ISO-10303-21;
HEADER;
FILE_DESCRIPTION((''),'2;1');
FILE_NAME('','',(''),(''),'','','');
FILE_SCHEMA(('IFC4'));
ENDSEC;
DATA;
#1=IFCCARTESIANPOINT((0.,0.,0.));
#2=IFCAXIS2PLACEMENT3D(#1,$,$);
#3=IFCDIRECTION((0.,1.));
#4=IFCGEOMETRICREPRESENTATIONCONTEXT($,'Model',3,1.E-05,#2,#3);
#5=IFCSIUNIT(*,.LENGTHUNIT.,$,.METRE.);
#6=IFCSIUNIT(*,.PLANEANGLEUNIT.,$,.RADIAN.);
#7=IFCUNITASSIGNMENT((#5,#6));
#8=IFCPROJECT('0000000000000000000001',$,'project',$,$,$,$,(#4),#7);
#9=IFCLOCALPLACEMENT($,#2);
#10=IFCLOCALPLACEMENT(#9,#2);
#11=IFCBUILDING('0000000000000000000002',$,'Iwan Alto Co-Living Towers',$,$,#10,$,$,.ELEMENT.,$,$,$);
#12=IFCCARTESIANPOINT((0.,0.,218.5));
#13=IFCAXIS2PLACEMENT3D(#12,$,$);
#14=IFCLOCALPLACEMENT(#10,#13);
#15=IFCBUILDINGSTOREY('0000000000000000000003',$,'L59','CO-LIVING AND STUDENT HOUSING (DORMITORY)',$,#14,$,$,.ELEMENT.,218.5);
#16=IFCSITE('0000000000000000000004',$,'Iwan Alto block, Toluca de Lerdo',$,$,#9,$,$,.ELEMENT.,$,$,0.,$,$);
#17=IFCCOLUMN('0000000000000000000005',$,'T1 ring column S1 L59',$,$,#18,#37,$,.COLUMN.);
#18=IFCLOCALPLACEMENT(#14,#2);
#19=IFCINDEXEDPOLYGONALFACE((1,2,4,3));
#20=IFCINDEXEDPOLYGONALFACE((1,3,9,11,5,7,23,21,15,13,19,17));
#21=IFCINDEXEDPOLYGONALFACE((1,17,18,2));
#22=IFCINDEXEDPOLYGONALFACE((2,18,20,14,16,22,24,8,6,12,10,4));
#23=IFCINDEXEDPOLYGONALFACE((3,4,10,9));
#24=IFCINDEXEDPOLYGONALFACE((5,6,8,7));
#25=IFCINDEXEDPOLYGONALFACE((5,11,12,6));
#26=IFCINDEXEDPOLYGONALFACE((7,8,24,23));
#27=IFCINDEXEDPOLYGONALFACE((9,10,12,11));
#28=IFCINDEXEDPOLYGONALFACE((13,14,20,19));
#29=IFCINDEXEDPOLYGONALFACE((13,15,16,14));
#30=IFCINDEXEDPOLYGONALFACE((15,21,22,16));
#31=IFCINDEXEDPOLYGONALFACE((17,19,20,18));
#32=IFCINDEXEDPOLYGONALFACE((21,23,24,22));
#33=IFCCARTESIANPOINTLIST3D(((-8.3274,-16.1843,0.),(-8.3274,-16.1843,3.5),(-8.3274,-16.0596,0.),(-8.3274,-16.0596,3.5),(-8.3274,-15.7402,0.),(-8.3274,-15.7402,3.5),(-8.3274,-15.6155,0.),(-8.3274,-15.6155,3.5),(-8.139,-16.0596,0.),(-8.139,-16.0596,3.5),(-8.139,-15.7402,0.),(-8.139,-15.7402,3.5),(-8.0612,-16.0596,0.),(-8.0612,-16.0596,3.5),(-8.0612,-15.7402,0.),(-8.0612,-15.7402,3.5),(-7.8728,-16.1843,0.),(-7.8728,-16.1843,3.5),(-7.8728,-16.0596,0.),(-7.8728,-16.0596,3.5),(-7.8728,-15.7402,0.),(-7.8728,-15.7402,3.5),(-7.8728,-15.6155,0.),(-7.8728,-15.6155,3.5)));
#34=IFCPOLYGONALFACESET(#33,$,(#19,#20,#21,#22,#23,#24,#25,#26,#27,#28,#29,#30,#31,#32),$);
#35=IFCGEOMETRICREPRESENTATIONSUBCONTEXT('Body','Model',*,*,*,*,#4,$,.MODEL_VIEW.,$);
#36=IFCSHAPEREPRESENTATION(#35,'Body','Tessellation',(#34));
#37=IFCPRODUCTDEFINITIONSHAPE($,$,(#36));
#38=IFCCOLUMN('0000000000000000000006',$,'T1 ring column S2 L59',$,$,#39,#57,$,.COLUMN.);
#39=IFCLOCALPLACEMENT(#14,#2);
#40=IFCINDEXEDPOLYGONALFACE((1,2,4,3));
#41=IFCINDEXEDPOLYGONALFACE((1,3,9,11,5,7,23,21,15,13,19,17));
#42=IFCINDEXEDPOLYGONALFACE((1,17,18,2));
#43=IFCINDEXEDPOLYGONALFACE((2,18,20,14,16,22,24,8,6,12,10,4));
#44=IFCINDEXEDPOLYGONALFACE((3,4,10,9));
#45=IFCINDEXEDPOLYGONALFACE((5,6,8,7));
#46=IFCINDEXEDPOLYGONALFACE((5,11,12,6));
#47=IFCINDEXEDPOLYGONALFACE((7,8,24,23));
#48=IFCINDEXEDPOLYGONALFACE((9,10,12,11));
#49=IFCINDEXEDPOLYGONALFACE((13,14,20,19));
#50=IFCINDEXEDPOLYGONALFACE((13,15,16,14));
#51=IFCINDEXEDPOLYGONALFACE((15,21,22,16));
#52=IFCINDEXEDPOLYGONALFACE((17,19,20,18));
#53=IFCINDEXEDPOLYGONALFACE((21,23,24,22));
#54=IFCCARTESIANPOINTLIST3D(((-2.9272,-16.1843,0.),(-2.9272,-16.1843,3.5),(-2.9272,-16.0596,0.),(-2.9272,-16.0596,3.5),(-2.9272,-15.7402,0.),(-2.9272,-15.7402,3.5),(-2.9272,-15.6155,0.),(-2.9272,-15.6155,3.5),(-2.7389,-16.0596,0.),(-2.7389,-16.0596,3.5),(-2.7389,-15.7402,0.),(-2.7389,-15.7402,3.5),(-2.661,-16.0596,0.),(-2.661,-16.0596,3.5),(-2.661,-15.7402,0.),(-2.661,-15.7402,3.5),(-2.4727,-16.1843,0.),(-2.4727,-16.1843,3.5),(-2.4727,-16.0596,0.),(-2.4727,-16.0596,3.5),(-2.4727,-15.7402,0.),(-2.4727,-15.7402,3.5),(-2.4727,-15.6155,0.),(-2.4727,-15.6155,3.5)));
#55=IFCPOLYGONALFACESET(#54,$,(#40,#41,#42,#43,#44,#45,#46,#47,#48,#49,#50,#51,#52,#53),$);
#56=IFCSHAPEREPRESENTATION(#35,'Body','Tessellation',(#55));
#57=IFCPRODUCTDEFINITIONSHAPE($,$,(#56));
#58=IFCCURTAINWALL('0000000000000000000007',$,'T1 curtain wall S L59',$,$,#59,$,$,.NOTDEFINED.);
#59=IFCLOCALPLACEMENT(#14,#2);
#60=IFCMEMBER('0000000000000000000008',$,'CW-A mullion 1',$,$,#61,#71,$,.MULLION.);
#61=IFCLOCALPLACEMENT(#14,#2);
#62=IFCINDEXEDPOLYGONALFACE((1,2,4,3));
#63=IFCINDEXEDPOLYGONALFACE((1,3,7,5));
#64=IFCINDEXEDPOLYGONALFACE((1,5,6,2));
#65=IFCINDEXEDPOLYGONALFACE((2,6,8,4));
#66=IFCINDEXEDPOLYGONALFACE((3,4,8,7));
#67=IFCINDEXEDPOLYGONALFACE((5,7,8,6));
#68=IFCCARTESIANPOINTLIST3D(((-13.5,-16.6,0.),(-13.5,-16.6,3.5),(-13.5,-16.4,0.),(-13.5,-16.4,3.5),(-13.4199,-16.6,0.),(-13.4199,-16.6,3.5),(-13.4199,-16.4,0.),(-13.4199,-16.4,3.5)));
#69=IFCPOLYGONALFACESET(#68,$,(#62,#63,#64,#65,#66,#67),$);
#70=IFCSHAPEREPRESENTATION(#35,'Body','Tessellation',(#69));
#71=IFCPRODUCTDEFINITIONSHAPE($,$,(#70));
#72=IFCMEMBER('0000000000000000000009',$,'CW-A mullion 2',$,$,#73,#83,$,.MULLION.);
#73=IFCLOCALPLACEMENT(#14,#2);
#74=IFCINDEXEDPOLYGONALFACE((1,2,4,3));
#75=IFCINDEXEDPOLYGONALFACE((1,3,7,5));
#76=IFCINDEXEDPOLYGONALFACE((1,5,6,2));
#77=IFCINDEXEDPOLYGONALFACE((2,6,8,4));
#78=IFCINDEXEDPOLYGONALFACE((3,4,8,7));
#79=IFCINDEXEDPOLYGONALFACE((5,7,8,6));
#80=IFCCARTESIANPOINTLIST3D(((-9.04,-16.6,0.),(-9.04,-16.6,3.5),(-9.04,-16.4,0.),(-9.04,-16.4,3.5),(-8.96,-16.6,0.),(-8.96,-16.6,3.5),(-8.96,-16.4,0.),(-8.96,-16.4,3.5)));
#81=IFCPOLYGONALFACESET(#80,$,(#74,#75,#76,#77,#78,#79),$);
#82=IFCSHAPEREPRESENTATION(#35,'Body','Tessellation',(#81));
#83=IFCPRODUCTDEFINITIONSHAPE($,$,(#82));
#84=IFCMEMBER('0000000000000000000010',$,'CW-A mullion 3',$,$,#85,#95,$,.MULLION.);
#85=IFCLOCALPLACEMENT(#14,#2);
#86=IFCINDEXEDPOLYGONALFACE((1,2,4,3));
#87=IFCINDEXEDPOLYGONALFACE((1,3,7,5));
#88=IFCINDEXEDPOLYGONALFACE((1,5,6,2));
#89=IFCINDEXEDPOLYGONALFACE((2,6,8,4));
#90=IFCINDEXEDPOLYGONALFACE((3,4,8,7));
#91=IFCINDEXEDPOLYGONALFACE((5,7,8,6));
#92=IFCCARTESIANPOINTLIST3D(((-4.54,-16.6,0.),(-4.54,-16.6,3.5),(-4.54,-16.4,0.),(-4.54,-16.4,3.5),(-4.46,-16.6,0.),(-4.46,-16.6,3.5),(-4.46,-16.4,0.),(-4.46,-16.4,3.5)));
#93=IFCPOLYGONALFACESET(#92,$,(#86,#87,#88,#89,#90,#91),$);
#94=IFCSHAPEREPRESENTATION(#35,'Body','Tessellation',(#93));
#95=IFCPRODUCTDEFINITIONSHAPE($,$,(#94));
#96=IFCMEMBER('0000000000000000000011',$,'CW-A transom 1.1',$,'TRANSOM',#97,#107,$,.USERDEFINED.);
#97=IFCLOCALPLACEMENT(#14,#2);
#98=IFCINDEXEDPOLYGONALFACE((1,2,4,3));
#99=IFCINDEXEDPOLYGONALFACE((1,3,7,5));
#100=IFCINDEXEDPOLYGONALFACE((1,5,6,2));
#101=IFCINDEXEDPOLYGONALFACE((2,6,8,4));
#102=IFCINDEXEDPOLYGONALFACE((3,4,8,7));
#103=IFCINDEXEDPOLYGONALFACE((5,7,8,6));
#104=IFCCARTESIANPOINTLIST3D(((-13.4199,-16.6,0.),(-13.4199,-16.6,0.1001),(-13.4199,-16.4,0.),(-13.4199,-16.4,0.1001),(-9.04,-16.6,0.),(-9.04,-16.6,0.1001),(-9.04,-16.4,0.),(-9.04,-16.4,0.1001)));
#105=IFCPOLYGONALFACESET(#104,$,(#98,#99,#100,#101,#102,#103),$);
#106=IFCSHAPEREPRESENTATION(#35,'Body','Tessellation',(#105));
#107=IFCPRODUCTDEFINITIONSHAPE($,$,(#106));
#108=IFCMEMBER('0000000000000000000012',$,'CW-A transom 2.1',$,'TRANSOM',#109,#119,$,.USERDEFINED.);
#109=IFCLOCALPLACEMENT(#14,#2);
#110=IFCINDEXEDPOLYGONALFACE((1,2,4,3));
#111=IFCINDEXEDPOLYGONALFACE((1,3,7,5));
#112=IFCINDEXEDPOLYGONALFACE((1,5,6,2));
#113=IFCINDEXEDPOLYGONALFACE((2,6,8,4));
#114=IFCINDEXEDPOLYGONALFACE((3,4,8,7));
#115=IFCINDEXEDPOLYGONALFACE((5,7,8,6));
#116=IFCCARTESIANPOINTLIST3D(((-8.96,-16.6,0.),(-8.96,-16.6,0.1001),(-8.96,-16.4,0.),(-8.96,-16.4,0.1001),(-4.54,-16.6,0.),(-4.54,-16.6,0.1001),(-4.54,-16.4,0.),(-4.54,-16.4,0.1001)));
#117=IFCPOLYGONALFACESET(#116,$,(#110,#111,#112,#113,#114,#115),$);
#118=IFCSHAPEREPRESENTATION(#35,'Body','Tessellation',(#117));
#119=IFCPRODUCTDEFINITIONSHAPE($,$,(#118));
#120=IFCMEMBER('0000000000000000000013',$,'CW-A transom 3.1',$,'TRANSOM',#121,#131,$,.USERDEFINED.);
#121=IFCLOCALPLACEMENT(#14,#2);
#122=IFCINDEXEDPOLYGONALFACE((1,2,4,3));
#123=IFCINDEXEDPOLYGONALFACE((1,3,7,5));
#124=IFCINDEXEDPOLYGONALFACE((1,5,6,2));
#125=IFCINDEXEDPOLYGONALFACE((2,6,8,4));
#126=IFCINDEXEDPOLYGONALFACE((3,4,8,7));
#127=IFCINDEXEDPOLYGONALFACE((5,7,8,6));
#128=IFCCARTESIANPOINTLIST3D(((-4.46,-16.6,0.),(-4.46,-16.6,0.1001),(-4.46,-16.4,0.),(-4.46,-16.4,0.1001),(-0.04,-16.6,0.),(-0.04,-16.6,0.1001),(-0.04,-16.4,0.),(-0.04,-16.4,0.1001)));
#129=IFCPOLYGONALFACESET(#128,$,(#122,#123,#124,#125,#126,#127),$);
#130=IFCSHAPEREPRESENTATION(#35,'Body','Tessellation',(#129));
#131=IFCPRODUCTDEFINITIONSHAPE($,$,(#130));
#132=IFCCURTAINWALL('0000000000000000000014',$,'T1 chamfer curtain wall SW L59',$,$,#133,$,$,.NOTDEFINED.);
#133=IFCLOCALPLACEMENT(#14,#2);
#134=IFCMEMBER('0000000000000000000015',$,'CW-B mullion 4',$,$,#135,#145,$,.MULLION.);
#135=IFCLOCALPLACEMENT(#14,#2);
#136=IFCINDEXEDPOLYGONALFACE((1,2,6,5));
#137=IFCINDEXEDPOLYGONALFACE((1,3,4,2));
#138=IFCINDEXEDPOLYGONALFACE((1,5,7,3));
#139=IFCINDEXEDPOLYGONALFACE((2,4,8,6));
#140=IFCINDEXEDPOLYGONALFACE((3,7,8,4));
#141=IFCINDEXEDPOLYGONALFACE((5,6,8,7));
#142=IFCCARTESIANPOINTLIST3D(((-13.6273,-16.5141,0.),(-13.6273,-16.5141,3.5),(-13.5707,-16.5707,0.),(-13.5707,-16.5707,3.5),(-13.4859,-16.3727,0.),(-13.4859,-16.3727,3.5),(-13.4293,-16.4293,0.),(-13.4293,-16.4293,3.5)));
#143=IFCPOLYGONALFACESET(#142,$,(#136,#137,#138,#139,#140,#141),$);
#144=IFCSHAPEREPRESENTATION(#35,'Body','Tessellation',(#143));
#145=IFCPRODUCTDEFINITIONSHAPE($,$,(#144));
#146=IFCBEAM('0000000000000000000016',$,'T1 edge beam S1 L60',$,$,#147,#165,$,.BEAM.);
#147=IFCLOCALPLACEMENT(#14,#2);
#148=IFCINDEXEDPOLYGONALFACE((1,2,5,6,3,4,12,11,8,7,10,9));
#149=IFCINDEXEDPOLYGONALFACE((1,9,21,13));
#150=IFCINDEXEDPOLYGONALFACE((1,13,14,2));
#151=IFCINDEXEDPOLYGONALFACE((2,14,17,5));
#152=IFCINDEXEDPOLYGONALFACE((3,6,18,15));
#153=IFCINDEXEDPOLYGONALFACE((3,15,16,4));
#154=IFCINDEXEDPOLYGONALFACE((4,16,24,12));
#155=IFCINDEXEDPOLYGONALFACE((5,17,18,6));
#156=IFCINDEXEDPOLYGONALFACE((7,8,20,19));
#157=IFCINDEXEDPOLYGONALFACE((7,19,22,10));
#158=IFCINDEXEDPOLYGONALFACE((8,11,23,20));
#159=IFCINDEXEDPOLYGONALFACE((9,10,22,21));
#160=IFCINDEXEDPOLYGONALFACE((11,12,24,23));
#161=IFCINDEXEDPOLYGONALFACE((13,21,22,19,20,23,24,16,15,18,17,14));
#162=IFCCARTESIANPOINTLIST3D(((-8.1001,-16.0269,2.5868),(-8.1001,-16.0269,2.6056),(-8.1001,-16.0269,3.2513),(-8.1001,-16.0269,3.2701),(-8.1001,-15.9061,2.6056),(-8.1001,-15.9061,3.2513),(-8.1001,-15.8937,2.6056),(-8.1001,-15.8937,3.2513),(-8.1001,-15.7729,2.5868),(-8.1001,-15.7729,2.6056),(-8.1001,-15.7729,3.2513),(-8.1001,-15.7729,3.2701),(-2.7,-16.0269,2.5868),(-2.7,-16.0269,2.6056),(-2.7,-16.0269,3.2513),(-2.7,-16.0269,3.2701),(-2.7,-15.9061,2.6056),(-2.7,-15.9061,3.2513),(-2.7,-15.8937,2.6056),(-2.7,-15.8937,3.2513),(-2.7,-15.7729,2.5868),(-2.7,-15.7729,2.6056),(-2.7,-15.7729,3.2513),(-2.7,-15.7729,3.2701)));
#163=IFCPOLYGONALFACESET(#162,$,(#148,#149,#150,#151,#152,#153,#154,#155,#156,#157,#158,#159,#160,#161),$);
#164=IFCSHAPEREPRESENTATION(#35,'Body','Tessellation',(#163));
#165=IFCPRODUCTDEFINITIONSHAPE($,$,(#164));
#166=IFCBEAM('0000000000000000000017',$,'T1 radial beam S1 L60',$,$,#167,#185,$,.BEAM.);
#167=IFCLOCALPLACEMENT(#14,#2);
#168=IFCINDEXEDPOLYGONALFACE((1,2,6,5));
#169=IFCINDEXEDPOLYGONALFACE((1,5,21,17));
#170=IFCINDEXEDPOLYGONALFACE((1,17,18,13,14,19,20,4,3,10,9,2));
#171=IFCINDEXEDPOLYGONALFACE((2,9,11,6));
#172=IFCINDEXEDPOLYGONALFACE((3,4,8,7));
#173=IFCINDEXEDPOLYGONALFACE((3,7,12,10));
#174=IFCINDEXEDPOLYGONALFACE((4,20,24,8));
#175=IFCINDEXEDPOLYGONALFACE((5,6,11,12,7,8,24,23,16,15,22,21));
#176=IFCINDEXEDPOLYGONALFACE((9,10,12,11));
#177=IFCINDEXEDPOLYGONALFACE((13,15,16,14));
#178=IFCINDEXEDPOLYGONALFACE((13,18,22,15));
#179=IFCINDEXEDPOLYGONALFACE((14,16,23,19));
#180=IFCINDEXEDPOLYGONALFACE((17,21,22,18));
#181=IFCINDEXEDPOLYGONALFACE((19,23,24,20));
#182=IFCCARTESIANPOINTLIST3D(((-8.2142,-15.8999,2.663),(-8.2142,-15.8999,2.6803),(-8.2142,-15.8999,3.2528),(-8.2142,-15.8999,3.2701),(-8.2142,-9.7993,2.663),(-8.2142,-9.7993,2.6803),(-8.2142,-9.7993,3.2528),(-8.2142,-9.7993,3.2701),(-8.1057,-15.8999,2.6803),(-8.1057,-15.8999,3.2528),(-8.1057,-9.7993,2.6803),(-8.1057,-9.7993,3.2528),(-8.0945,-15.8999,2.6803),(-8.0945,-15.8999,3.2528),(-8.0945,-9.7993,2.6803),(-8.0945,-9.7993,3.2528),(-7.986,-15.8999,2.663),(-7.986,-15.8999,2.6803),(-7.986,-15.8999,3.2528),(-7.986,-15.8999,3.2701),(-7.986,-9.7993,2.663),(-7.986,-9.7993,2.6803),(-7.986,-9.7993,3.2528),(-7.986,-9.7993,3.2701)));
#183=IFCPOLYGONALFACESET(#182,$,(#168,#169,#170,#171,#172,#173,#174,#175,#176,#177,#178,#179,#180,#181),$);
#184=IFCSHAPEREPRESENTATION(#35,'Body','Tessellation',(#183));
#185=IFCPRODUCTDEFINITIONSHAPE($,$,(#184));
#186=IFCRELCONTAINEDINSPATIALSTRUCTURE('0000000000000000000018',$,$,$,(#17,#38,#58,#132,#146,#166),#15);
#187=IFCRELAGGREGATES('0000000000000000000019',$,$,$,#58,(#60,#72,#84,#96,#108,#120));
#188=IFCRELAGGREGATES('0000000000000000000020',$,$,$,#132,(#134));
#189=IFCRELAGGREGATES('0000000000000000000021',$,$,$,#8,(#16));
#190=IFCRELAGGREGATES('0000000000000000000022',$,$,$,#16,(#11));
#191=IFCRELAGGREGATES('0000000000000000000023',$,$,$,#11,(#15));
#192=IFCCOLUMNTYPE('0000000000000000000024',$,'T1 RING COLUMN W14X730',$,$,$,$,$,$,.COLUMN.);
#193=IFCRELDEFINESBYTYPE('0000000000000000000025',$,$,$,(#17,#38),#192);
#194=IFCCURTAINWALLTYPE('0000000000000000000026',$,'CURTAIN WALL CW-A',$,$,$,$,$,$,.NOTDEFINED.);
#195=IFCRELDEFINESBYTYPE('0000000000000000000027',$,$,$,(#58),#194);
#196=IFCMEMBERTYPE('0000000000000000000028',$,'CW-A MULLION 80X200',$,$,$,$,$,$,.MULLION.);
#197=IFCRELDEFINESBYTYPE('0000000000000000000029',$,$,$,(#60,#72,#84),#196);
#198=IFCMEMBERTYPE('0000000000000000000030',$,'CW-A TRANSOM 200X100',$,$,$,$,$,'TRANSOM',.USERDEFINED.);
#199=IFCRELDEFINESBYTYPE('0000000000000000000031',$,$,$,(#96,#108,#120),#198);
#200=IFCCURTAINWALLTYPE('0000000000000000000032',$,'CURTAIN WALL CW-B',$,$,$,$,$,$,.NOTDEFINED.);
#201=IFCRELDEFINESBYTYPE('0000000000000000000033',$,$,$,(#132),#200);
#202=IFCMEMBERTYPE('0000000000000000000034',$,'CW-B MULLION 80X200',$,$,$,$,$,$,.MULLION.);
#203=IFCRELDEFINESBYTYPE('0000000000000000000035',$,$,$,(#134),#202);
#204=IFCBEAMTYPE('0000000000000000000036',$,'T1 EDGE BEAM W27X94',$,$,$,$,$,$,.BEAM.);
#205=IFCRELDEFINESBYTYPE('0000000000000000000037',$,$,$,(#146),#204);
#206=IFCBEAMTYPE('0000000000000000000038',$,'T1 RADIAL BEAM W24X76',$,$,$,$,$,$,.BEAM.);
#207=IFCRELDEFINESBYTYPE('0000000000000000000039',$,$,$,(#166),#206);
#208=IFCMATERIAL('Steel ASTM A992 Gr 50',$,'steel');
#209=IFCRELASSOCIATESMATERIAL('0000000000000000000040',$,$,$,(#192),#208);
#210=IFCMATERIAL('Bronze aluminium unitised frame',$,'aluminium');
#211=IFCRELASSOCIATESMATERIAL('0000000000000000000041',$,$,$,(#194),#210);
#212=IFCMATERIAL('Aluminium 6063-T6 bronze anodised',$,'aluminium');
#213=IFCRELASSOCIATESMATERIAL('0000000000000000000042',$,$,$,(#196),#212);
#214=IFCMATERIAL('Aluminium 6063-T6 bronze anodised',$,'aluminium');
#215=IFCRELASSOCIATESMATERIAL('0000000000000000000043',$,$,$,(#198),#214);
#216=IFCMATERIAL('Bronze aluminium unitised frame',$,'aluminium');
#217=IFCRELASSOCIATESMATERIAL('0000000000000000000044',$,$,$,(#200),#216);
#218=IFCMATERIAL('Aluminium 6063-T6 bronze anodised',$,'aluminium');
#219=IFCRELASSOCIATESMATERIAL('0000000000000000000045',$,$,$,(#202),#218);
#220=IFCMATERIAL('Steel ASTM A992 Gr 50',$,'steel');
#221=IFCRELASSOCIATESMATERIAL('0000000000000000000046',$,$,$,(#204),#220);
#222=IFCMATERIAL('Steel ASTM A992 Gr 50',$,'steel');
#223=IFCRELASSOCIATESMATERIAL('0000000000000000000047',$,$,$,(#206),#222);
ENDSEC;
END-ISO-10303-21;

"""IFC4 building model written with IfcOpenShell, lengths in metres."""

from ifc_helpers import new_model, si_unit, direction, frame, origin, origin_2d, place, context, subcontext, project, spatial, rectangle, i_section, extrude, material, material_profile, profile_set, type_object, element, aggregate, save


model = new_model("IFC4")

# Units and contexts
model_context = context("Model", 3, precision=1e-05, world=origin(), true_north=direction((0.0, 1.0)))
body_context = subcontext(model_context, "Body", "Model", "MODEL_VIEW")
ifc_project = project(units=[si_unit("LENGTHUNIT", "METRE"), si_unit("PLANEANGLEUNIT", "RADIAN")], contexts=[model_context])

# Site, building, storey
site_placement = place(None, origin())
site = spatial("IfcSite", under=ifc_project, at=site_placement, Name="Iwan Alto block, Toluca de Lerdo", CompositionType="ELEMENT", RefElevation=0.0)
building_placement = place(site_placement, origin())
building = spatial("IfcBuilding", under=site, at=building_placement, Name="Iwan Alto Co-Living Towers", CompositionType="ELEMENT")
storey_placement = place(building_placement, frame((0.0, 0.0, 218.5)))
storey = spatial("IfcBuildingStorey", under=building, at=storey_placement, Name="L59", Description="CO-LIVING AND STUDENT HOUSING (DORMITORY)", CompositionType="ELEMENT", Elevation=218.5)

# Columns
ifc_material_1 = material(Name="Steel ASTM A992 Gr 50", Category="steel")
ifc_material_profile_1 = material_profile(ifc_material_1, i_section(OverallWidth=0.4546, OverallDepth=0.5688, WebThickness=0.0779, FlangeThickness=0.1248, at=origin_2d()), Name="W14X730")
ifc_profile_set_1 = profile_set([ifc_material_profile_1], Name="Steel ASTM A992 Gr 50")
column_type = type_object("IfcColumnType", Name="T1 RING COLUMN W14X730", PredefinedType="COLUMN", material=ifc_profile_set_1)
for number, where, z_axis, x_axis, name in (
    (1, (-8.1001, -15.8999, 0.0), (0.0, 0.0, 1.0), (1.0, 0.0, 0.0), "T1 ring column S1 L59"),
    (2, (-2.7, -15.8999, 0.0), (0.0, 0.0, 1.0), (1.0, 0.0, 0.0), "T1 ring column S2 L59"),
):
    element("IfcColumn", number, at=place(storey_placement, frame(where, z_axis=z_axis, x_axis=x_axis)), inside=storey, type_object=column_type, Name=name, PredefinedType="COLUMN", context=body_context, shape_type="SweptSolid", body=[
        extrude(i_section(OverallWidth=0.4546, OverallDepth=0.5688, WebThickness=0.0779, FlangeThickness=0.1248, at=origin_2d()), origin(), (0.0, 0.0, 1.0), 3.5),
    ])

# Curtain wall, members
ifc_material_2 = material(Name="Bronze aluminium unitised frame", Category="aluminium")
curtain_wall_type_1 = type_object("IfcCurtainWallType", Name="CURTAIN WALL CW-A", PredefinedType="NOTDEFINED", material=ifc_material_2)
curtain_wall_1_placement = place(storey_placement, origin())
curtain_wall_1 = element("IfcCurtainWall", 3, at=curtain_wall_1_placement, inside=storey, type_object=curtain_wall_type_1, Name="T1 curtain wall S L59", PredefinedType="NOTDEFINED")
ifc_material_3 = material(Name="Aluminium 6063-T6 bronze anodised", Category="aluminium")
ifc_material_profile_2 = material_profile(ifc_material_3, rectangle(XDim=0.2, YDim=0.0801, at=origin_2d()), Name="AL 80X200")
ifc_profile_set_2 = profile_set([ifc_material_profile_2], Name="Aluminium 6063-T6 bronze anodised")
member_type_1 = type_object("IfcMemberType", Name="CW-A MULLION 80X200", PredefinedType="MULLION", material=ifc_profile_set_2)
member_1_placement = place(storey_placement, frame((-13.46, -16.5, 0.0), z_axis=(0.0, 0.0, 1.0), x_axis=(0.0, 1.0, 0.0)))
member_1 = element("IfcMember", 4, at=member_1_placement, type_object=member_type_1, Name="CW-A mullion 1", PredefinedType="MULLION", context=body_context, shape_type="SweptSolid", body=[
    extrude(rectangle(XDim=0.2, YDim=0.0801, at=origin_2d()), origin(), (0.0, 0.0, 1.0), 3.5),
])
member_2_placement = place(storey_placement, frame((-9.0, -16.5, 0.0), z_axis=(0.0, 0.0, 1.0), x_axis=(0.0, 1.0, 0.0)))
member_2 = element("IfcMember", 5, at=member_2_placement, type_object=member_type_1, Name="CW-A mullion 2", PredefinedType="MULLION", context=body_context, shape_type="SweptSolid", body=[
    extrude(rectangle(XDim=0.2, YDim=0.0801, at=origin_2d()), origin(), (0.0, 0.0, 1.0), 3.5),
])
member_3_placement = place(storey_placement, frame((-4.5, -16.5, 0.0), z_axis=(0.0, 0.0, 1.0), x_axis=(0.0, 1.0, 0.0)))
member_3 = element("IfcMember", 6, at=member_3_placement, type_object=member_type_1, Name="CW-A mullion 3", PredefinedType="MULLION", context=body_context, shape_type="SweptSolid", body=[
    extrude(rectangle(XDim=0.2, YDim=0.0801, at=origin_2d()), origin(), (0.0, 0.0, 1.0), 3.5),
])
ifc_material_4 = material(Name="Aluminium 6063-T6 bronze anodised", Category="aluminium")
ifc_material_profile_3 = material_profile(ifc_material_4, rectangle(XDim=0.2, YDim=0.1001, at=origin_2d()), Name="AL 200X100")
ifc_profile_set_3 = profile_set([ifc_material_profile_3], Name="Aluminium 6063-T6 bronze anodised")
member_type_2 = type_object("IfcMemberType", Name="CW-A TRANSOM 200X100", ElementType="TRANSOM", PredefinedType="USERDEFINED", material=ifc_profile_set_3)
member_4_placement = place(storey_placement, frame((-13.4199, -16.5, 0.05), z_axis=(1.0, 0.0, 0.0), x_axis=(0.0, 1.0, 0.0)))
member_4 = element("IfcMember", 7, at=member_4_placement, type_object=member_type_2, Name="CW-A transom 1.1", ObjectType="TRANSOM", PredefinedType="USERDEFINED", context=body_context, shape_type="SweptSolid", body=[
    extrude(rectangle(XDim=0.2, YDim=0.1001, at=origin_2d()), origin(), (0.0, 0.0, 1.0), 4.3799),
])
member_5_placement = place(storey_placement, frame((-8.96, -16.5, 0.05), z_axis=(1.0, 0.0, 0.0), x_axis=(0.0, 1.0, 0.0)))
member_5 = element("IfcMember", 8, at=member_5_placement, type_object=member_type_2, Name="CW-A transom 2.1", ObjectType="TRANSOM", PredefinedType="USERDEFINED", context=body_context, shape_type="SweptSolid", body=[
    extrude(rectangle(XDim=0.2, YDim=0.1001, at=origin_2d()), origin(), (0.0, 0.0, 1.0), 4.4199),
])
member_6_placement = place(storey_placement, frame((-4.46, -16.5, 0.05), z_axis=(1.0, 0.0, 0.0), x_axis=(0.0, 1.0, 0.0)))
member_6 = element("IfcMember", 9, at=member_6_placement, type_object=member_type_2, Name="CW-A transom 3.1", ObjectType="TRANSOM", PredefinedType="USERDEFINED", context=body_context, shape_type="SweptSolid", body=[
    extrude(rectangle(XDim=0.2, YDim=0.1001, at=origin_2d()), origin(), (0.0, 0.0, 1.0), 4.4199),
])

# Curtain wall, member
ifc_material_5 = material(Name="Bronze aluminium unitised frame", Category="aluminium")
curtain_wall_type_2 = type_object("IfcCurtainWallType", Name="CURTAIN WALL CW-B", PredefinedType="NOTDEFINED", material=ifc_material_5)
curtain_wall_2_placement = place(storey_placement, origin())
curtain_wall_2 = element("IfcCurtainWall", 10, at=curtain_wall_2_placement, inside=storey, type_object=curtain_wall_type_2, Name="T1 chamfer curtain wall SW L59", PredefinedType="NOTDEFINED")
ifc_material_6 = material(Name="Aluminium 6063-T6 bronze anodised", Category="aluminium")
ifc_material_profile_4 = material_profile(ifc_material_6, rectangle(XDim=0.2, YDim=0.0801, at=origin_2d()), Name="AL 80X200")
ifc_profile_set_4 = profile_set([ifc_material_profile_4], Name="Aluminium 6063-T6 bronze anodised")
member_type_3 = type_object("IfcMemberType", Name="CW-B MULLION 80X200", PredefinedType="MULLION", material=ifc_profile_set_4)
member_7_placement = place(storey_placement, frame((-13.5283, -16.4717, 0.0), z_axis=(0.0, 0.0, 1.0), x_axis=(0.707107, 0.707107, 0.0)))
member_7 = element("IfcMember", 11, at=member_7_placement, type_object=member_type_3, Name="CW-B mullion 4", PredefinedType="MULLION", context=body_context, shape_type="SweptSolid", body=[
    extrude(rectangle(XDim=0.2, YDim=0.0801, at=origin_2d()), origin(), (0.0, 0.0, 1.0), 3.5),
])

# Beams
ifc_material_7 = material(Name="Steel ASTM A992 Gr 50", Category="steel")
ifc_material_profile_5 = material_profile(ifc_material_7, i_section(OverallWidth=0.2539, OverallDepth=0.6833, WebThickness=0.0125, FlangeThickness=0.0188, at=origin_2d()), Name="W27X94")
ifc_profile_set_5 = profile_set([ifc_material_profile_5], Name="Steel ASTM A992 Gr 50")
beam_type_1 = type_object("IfcBeamType", Name="T1 EDGE BEAM W27X94", PredefinedType="BEAM", material=ifc_profile_set_5)
beam_1_placement = place(storey_placement, frame((-8.1001, -15.8999, 2.9285), z_axis=(1.0, 0.0, 0.0), x_axis=(0.0, 1.0, 0.0)))
element("IfcBeam", 12, at=beam_1_placement, inside=storey, type_object=beam_type_1, Name="T1 edge beam S1 L60", PredefinedType="BEAM", context=body_context, shape_type="SweptSolid", body=[
    extrude(i_section(OverallWidth=0.2539, OverallDepth=0.6833, WebThickness=0.0125, FlangeThickness=0.0188, at=origin_2d()), origin(), (0.0, 0.0, 1.0), 5.4001),
])
ifc_material_8 = material(Name="Steel ASTM A992 Gr 50", Category="steel")
ifc_material_profile_6 = material_profile(ifc_material_8, i_section(OverallWidth=0.2283, OverallDepth=0.6072, WebThickness=0.0112, FlangeThickness=0.0173, at=origin_2d()), Name="W24X76")
ifc_profile_set_6 = profile_set([ifc_material_profile_6], Name="Steel ASTM A992 Gr 50")
beam_type_2 = type_object("IfcBeamType", Name="T1 RADIAL BEAM W24X76", PredefinedType="BEAM", material=ifc_profile_set_6)
beam_2_placement = place(storey_placement, frame((-8.1001, -15.8999, 2.9666), z_axis=(0.0, 1.0, 0.0), x_axis=(-1.0, 0.0, 0.0)))
element("IfcBeam", 13, at=beam_2_placement, inside=storey, type_object=beam_type_2, Name="T1 radial beam S1 L60", PredefinedType="BEAM", context=body_context, shape_type="SweptSolid", body=[
    extrude(i_section(OverallWidth=0.2283, OverallDepth=0.6072, WebThickness=0.0112, FlangeThickness=0.0173, at=origin_2d()), origin(), (0.0, 0.0, 1.0), 6.1006),
])

aggregate(curtain_wall_1, [member_1, member_2, member_3, member_4, member_5, member_6])
aggregate(curtain_wall_2, [member_7])

save(model, "model.ifc")
